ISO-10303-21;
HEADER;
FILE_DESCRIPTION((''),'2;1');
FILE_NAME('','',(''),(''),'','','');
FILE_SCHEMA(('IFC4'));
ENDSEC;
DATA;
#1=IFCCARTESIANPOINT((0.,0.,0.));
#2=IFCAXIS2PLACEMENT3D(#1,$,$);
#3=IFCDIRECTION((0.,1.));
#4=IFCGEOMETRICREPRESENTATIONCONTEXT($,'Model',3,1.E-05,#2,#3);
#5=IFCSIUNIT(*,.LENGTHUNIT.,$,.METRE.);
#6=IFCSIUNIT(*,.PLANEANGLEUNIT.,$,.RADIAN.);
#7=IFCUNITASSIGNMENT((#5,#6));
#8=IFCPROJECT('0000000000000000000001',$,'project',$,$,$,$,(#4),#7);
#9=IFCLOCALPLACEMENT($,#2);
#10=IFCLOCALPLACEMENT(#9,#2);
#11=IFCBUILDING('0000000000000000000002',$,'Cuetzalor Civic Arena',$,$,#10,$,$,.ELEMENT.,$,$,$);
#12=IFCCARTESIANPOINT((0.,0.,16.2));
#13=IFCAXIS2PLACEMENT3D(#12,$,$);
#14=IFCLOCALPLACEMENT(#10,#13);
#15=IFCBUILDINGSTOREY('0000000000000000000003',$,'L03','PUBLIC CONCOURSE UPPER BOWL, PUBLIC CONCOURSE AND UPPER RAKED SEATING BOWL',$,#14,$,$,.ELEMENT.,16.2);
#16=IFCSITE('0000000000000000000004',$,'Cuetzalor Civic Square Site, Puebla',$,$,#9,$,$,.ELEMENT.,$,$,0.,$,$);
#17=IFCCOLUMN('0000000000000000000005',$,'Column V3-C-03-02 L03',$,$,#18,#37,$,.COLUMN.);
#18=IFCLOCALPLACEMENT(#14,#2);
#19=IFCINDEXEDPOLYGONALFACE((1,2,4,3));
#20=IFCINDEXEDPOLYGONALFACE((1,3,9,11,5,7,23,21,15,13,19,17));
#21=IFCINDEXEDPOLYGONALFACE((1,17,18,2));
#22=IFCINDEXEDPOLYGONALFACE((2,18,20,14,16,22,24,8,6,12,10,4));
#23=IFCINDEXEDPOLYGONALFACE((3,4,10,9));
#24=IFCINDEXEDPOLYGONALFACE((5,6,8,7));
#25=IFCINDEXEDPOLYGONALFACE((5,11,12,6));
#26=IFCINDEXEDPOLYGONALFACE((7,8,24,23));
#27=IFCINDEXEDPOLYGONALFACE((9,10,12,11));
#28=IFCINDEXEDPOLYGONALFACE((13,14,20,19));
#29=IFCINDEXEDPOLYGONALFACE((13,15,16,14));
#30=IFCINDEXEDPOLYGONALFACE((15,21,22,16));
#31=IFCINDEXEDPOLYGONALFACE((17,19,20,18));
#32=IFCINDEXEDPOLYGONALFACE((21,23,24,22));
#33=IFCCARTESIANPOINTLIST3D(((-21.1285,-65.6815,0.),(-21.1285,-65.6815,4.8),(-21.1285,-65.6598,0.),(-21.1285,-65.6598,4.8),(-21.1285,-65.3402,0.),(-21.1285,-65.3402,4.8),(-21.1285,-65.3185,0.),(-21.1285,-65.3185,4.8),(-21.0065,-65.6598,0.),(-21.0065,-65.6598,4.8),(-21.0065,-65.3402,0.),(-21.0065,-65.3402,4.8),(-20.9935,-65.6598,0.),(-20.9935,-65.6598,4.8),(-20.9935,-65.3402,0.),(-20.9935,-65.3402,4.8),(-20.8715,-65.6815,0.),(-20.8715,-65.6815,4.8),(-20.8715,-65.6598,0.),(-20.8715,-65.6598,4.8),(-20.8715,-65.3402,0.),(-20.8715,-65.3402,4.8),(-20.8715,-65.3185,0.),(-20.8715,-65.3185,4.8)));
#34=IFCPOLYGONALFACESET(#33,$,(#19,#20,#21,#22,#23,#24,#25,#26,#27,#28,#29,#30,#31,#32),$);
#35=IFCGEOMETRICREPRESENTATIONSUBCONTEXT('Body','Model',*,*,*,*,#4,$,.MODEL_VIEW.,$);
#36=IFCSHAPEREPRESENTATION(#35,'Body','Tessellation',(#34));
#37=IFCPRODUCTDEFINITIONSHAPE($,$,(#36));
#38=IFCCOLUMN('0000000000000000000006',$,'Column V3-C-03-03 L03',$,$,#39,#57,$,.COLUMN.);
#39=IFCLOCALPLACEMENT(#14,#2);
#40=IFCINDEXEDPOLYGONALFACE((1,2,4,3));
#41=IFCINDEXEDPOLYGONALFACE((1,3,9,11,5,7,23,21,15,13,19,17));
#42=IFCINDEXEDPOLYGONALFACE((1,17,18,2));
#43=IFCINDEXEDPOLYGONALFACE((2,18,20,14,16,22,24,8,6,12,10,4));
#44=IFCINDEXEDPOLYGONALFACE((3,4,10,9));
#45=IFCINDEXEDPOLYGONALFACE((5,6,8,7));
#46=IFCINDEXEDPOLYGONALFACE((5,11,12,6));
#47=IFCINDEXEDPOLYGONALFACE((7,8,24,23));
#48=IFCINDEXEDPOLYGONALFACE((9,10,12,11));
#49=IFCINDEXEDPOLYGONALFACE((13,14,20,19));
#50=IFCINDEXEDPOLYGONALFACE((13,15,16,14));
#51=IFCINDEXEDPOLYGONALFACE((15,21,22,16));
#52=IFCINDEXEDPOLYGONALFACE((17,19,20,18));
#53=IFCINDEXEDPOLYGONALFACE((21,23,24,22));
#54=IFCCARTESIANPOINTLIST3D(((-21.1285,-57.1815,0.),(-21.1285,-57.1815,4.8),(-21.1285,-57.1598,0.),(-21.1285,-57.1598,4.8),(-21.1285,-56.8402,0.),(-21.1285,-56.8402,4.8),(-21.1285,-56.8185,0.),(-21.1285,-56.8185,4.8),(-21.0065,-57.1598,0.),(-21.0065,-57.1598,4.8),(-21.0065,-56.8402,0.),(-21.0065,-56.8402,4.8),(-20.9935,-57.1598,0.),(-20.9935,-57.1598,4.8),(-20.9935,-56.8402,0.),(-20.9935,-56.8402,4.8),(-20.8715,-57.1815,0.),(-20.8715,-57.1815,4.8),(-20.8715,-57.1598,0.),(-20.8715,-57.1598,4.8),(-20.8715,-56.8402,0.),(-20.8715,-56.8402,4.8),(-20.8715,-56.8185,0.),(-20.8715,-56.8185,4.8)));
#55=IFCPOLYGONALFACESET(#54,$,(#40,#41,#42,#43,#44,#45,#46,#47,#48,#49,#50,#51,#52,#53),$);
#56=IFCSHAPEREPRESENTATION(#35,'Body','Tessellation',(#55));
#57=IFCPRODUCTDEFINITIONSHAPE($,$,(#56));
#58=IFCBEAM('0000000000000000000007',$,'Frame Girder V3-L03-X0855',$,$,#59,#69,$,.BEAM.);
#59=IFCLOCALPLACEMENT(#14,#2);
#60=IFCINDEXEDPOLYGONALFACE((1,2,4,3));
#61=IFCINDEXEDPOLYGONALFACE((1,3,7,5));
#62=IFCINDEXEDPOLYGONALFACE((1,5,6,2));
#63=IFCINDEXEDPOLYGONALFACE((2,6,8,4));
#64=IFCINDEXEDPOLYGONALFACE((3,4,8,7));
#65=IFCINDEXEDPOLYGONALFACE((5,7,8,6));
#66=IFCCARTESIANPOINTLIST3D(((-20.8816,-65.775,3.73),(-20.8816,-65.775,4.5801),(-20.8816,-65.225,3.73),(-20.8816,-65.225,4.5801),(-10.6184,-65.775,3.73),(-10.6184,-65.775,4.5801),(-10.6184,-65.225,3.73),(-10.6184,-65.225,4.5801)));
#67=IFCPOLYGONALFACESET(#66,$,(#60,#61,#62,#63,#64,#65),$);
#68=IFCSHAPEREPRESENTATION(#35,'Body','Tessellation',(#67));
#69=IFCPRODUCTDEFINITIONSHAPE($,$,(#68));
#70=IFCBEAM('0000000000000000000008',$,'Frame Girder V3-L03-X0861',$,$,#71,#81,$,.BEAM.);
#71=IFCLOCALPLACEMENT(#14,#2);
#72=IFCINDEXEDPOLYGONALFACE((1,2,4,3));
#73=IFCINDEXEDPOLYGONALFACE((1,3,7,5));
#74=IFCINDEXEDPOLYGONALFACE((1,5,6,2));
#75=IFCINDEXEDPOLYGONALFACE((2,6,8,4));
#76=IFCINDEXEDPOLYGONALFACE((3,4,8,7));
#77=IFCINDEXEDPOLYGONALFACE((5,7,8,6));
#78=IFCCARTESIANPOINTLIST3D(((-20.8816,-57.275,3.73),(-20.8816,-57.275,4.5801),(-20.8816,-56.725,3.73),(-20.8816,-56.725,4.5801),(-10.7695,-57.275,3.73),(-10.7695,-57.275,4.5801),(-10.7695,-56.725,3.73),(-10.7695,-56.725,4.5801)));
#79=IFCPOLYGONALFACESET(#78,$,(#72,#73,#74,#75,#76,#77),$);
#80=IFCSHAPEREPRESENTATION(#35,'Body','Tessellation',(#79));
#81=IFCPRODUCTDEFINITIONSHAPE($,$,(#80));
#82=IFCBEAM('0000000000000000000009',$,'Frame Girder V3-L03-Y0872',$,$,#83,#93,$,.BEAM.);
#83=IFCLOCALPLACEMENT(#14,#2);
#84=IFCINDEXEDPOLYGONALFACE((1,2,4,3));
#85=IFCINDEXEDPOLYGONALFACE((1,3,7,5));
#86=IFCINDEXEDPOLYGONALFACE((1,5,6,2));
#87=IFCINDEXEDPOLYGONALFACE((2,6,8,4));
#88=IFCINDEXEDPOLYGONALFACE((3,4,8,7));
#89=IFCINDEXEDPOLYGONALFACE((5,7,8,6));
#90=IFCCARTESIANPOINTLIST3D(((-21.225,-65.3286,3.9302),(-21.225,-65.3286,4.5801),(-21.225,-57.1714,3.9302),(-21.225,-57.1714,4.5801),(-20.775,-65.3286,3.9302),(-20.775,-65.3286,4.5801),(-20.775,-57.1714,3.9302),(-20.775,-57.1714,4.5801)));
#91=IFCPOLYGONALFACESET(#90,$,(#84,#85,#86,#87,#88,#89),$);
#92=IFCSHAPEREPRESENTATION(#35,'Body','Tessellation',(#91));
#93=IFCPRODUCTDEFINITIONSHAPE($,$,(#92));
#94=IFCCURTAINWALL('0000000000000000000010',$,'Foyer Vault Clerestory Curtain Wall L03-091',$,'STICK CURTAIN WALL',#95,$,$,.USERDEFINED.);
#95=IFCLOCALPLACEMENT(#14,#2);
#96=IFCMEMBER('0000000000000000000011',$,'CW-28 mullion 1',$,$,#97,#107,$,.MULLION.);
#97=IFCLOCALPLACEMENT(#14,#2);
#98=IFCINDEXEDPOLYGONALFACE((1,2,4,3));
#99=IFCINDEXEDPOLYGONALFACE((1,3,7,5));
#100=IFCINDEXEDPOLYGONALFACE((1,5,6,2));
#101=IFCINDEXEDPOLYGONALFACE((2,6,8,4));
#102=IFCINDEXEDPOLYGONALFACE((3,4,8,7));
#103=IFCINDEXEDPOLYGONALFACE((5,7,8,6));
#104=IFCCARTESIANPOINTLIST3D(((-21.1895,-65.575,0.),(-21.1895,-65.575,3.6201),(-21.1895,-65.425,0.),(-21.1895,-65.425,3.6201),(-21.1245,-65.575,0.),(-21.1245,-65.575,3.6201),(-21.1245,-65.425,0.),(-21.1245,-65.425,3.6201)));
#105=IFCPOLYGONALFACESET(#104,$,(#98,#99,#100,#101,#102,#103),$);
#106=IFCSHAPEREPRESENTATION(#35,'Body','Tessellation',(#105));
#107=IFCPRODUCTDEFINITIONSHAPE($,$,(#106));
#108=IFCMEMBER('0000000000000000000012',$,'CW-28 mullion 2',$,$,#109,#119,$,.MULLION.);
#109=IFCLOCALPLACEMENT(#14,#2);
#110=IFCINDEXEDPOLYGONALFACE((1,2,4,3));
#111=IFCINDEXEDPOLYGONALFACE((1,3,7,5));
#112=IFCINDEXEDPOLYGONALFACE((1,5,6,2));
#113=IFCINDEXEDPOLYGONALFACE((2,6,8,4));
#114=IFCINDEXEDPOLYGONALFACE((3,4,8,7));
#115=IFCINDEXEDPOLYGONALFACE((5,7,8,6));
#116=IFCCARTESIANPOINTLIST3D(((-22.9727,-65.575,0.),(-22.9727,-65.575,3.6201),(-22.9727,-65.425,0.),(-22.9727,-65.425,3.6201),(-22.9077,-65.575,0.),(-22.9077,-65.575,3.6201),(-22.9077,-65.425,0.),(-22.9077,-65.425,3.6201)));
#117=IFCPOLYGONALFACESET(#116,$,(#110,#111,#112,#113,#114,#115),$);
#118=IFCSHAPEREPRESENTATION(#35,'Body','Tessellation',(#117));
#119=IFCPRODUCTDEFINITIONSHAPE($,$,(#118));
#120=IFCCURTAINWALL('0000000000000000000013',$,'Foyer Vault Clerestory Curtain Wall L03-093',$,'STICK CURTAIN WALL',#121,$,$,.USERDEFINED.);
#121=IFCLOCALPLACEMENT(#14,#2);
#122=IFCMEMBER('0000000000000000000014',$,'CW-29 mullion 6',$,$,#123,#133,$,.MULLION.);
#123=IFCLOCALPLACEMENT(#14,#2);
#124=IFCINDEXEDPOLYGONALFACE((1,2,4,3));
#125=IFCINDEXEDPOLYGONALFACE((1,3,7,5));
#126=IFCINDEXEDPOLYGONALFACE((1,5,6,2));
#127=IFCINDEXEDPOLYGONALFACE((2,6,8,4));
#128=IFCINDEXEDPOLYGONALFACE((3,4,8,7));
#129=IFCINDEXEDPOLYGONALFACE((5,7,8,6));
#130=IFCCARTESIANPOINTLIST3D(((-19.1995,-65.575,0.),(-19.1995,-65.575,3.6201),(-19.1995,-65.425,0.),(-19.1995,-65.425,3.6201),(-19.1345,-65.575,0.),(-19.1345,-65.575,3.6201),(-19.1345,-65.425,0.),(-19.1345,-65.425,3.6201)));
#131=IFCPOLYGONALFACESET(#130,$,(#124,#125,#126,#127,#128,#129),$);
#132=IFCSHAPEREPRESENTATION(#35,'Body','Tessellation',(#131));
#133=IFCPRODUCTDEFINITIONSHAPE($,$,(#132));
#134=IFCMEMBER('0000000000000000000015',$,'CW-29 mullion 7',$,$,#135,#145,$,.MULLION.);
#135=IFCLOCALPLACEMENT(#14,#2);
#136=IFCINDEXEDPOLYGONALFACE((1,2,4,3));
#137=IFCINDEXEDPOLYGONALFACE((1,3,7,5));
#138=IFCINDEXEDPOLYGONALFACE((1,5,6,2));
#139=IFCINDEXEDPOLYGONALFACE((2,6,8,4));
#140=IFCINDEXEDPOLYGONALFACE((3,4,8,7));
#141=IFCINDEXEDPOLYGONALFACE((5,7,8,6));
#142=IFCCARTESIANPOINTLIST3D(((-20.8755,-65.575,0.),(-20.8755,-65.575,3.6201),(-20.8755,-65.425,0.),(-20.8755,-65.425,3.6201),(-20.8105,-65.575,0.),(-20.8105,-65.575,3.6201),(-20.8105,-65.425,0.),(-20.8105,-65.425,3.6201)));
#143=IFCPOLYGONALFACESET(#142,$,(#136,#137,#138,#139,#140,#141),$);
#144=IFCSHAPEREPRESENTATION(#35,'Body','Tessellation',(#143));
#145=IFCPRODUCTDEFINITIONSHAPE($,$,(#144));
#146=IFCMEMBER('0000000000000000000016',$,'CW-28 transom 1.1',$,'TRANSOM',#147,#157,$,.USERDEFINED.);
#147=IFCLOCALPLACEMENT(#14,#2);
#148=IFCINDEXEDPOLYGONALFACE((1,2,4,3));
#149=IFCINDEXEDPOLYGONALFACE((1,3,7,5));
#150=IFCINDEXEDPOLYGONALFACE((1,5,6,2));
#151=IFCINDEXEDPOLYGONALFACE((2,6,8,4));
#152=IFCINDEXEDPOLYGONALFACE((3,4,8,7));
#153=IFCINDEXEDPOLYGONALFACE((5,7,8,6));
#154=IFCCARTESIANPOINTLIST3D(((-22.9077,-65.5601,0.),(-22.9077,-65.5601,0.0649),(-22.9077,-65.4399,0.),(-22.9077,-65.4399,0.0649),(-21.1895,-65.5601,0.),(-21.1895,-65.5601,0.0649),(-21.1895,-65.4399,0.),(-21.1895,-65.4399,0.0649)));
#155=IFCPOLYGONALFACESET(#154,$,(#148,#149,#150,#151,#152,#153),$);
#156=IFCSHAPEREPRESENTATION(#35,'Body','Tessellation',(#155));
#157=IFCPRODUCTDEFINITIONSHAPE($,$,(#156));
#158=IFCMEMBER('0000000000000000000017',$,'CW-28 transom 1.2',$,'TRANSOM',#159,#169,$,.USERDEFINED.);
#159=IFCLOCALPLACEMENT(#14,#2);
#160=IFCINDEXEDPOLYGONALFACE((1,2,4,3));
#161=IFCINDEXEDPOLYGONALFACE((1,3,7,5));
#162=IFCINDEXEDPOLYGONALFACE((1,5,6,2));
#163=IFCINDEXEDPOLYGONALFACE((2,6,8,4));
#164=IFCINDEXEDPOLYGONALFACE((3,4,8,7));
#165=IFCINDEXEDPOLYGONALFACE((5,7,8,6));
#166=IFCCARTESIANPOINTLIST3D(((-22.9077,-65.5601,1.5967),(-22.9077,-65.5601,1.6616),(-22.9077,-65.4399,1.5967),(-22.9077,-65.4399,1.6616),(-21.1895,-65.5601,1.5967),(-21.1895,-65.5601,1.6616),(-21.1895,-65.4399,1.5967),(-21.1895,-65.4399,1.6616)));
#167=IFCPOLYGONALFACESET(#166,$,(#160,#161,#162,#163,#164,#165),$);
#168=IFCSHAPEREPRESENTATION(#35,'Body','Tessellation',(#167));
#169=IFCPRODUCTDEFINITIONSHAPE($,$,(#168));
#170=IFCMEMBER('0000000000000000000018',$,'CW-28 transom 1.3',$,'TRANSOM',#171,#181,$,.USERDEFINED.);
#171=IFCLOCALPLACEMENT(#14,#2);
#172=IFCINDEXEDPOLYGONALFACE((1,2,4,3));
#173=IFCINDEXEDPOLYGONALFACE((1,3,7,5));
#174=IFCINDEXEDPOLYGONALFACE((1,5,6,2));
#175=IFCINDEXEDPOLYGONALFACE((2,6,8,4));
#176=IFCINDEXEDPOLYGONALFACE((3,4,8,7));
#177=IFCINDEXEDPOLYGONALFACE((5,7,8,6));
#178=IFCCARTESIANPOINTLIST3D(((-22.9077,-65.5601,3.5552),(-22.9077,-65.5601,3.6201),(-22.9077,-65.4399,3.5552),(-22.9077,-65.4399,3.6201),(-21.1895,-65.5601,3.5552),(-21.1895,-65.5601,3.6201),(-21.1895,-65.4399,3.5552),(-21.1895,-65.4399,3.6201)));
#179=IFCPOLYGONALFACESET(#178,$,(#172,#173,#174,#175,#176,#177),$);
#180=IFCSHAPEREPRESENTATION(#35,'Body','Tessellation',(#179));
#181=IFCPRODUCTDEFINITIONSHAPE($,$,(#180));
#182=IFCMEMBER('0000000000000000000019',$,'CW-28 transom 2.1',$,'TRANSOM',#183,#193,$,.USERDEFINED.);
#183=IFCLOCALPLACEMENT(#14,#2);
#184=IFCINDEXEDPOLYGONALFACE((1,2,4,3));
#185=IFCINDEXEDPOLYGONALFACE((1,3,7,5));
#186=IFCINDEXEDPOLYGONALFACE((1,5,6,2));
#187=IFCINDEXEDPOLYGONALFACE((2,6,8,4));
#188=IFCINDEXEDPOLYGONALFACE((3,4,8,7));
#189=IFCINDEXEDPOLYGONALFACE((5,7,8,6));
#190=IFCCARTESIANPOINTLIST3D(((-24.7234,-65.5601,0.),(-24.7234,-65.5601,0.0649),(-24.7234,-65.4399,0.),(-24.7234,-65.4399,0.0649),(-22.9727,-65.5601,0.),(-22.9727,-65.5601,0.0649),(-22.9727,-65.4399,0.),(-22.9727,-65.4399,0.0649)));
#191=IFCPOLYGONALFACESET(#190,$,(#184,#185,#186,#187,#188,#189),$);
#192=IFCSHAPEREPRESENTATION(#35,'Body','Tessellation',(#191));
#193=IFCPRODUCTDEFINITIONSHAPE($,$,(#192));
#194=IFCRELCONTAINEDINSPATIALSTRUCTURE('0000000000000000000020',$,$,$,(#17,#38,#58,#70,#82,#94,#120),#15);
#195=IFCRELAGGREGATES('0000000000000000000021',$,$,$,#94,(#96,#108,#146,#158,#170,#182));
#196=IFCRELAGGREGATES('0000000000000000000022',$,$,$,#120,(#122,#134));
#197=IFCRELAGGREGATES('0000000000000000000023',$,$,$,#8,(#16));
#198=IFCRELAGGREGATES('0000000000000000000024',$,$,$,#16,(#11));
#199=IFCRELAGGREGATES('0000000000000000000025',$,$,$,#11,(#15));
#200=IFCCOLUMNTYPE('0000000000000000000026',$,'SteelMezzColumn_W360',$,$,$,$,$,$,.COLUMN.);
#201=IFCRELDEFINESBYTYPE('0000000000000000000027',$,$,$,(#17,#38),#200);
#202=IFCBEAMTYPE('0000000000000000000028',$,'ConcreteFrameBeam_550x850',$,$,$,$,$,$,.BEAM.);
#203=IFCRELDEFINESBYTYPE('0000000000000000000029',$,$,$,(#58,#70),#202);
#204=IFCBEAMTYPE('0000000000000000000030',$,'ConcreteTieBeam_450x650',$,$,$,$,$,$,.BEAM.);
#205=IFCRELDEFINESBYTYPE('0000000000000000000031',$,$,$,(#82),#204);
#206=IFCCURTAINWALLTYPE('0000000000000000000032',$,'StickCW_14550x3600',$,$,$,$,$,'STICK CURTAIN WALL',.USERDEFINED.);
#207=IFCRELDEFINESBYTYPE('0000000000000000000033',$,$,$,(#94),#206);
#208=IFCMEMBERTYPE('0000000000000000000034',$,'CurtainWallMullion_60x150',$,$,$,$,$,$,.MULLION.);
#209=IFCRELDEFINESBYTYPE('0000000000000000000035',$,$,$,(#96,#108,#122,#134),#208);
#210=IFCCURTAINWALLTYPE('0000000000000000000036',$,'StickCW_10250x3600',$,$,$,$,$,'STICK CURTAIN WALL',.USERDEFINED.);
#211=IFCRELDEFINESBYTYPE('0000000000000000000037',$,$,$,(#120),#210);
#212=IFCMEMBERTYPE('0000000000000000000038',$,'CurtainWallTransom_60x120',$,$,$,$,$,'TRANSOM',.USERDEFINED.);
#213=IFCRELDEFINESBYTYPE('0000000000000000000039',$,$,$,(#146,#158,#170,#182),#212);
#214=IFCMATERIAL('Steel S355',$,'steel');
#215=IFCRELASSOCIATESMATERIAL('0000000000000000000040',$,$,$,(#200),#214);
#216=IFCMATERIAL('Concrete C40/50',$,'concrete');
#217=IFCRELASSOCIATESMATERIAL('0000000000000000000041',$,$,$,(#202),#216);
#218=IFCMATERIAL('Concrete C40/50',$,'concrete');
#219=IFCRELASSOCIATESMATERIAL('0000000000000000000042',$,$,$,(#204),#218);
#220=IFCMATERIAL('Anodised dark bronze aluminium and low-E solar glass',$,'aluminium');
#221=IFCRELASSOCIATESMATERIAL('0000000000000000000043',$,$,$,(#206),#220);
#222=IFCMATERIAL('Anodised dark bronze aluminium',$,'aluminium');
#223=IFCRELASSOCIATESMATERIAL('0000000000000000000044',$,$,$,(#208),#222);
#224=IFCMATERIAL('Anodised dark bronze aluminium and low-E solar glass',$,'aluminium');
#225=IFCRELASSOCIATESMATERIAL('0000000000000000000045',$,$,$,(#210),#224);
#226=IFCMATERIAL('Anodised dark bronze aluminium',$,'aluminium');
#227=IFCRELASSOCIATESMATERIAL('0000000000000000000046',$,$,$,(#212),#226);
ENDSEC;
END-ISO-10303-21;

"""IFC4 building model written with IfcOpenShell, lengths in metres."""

from ifc_helpers import new_model, si_unit, direction, frame, origin, origin_2d, place, context, subcontext, project, spatial, rectangle, i_section, extrude, material, material_profile, profile_set, type_object, element, aggregate, save


model = new_model("IFC4")

# Units and contexts
model_context = context("Model", 3, precision=1e-05, world=origin(), true_north=direction((0.0, 1.0)))
body_context = subcontext(model_context, "Body", "Model", "MODEL_VIEW")
ifc_project = project(units=[si_unit("LENGTHUNIT", "METRE"), si_unit("PLANEANGLEUNIT", "RADIAN")], contexts=[model_context])

# Site, building, storey
site_placement = place(None, origin())
site = spatial("IfcSite", under=ifc_project, at=site_placement, Name="Cuetzalor Civic Square Site, Puebla", CompositionType="ELEMENT", RefElevation=0.0)
building_placement = place(site_placement, origin())
building = spatial("IfcBuilding", under=site, at=building_placement, Name="Cuetzalor Civic Arena", CompositionType="ELEMENT")
storey_placement = place(building_placement, frame((0.0, 0.0, 16.2)))
storey = spatial("IfcBuildingStorey", under=building, at=storey_placement, Name="L03", Description="PUBLIC CONCOURSE UPPER BOWL, PUBLIC CONCOURSE AND UPPER RAKED SEATING BOWL", CompositionType="ELEMENT", Elevation=16.2)

# Columns
ifc_material_1 = material(Name="Steel S355", Category="steel")
ifc_material_profile_1 = material_profile(ifc_material_1, i_section(OverallWidth=0.2571, OverallDepth=0.363, WebThickness=0.0129, FlangeThickness=0.0217, at=origin_2d()), Name="W360x122")
ifc_profile_set_1 = profile_set([ifc_material_profile_1], Name="Steel S355")
column_type = type_object("IfcColumnType", Name="SteelMezzColumn_W360", PredefinedType="COLUMN", material=ifc_profile_set_1)
for number, where, z_axis, x_axis, name in (
    (1, (-21.0, -65.5, 0.0), (0.0, 0.0, 1.0), (1.0, 0.0, 0.0), "Column V3-C-03-02 L03"),
    (2, (-21.0, -57.0, 0.0), (0.0, 0.0, 1.0), (1.0, 0.0, 0.0), "Column V3-C-03-03 L03"),
):
    element("IfcColumn", number, at=place(storey_placement, frame(where, z_axis=z_axis, x_axis=x_axis)), inside=storey, type_object=column_type, Name=name, PredefinedType="COLUMN", context=body_context, shape_type="SweptSolid", body=[
        extrude(i_section(OverallWidth=0.2571, OverallDepth=0.363, WebThickness=0.0129, FlangeThickness=0.0217, at=origin_2d()), origin(), (0.0, 0.0, 1.0), 4.8),
    ])

# Beams
ifc_material_2 = material(Name="Concrete C40/50", Category="concrete")
ifc_material_profile_2 = material_profile(ifc_material_2, rectangle(XDim=0.55, YDim=0.8501, at=origin_2d()), Name="RC 550x850")
ifc_profile_set_2 = profile_set([ifc_material_profile_2], Name="Concrete C40/50")
beam_type_1 = type_object("IfcBeamType", Name="ConcreteFrameBeam_550x850", PredefinedType="BEAM", material=ifc_profile_set_2)
beam_1_placement = place(storey_placement, frame((-20.8816, -65.5, 4.155), z_axis=(1.0, 0.0, 0.0), x_axis=(0.0, 1.0, 0.0)))
element("IfcBeam", 3, at=beam_1_placement, inside=storey, type_object=beam_type_1, Name="Frame Girder V3-L03-X0855", PredefinedType="BEAM", context=body_context, shape_type="SweptSolid", body=[
    extrude(rectangle(XDim=0.55, YDim=0.8501, at=origin_2d()), origin(), (0.0, 0.0, 1.0), 10.2632),
])
beam_2_placement = place(storey_placement, frame((-20.8816, -57.0, 4.155), z_axis=(1.0, 0.0, 0.0), x_axis=(0.0, 1.0, 0.0)))
element("IfcBeam", 4, at=beam_2_placement, inside=storey, type_object=beam_type_1, Name="Frame Girder V3-L03-X0861", PredefinedType="BEAM", context=body_context, shape_type="SweptSolid", body=[
    extrude(rectangle(XDim=0.55, YDim=0.8501, at=origin_2d()), origin(), (0.0, 0.0, 1.0), 10.1121),
])
ifc_material_3 = material(Name="Concrete C40/50", Category="concrete")
ifc_material_profile_3 = material_profile(ifc_material_3, rectangle(XDim=0.45, YDim=0.6499, at=origin_2d()), Name="RC 450x650")
ifc_profile_set_3 = profile_set([ifc_material_profile_3], Name="Concrete C40/50")
beam_type_2 = type_object("IfcBeamType", Name="ConcreteTieBeam_450x650", PredefinedType="BEAM", material=ifc_profile_set_3)
beam_3_placement = place(storey_placement, frame((-21.0, -65.3286, 4.2551), z_axis=(0.0, 1.0, 0.0), x_axis=(-1.0, 0.0, 0.0)))
element("IfcBeam", 5, at=beam_3_placement, inside=storey, type_object=beam_type_2, Name="Frame Girder V3-L03-Y0872", PredefinedType="BEAM", context=body_context, shape_type="SweptSolid", body=[
    extrude(rectangle(XDim=0.45, YDim=0.6499, at=origin_2d()), origin(), (0.0, 0.0, 1.0), 8.1572),
])

# Curtain walls, members
ifc_material_4 = material(Name="Anodised dark bronze aluminium and low-E solar glass", Category="aluminium")
curtain_wall_type_1 = type_object("IfcCurtainWallType", Name="StickCW_14550x3600", ElementType="STICK CURTAIN WALL", PredefinedType="USERDEFINED", material=ifc_material_4)
curtain_wall_1_placement = place(storey_placement, origin())
curtain_wall_1 = element("IfcCurtainWall", 6, at=curtain_wall_1_placement, inside=storey, type_object=curtain_wall_type_1, Name="Foyer Vault Clerestory Curtain Wall L03-091", ObjectType="STICK CURTAIN WALL", PredefinedType="USERDEFINED")
ifc_material_5 = material(Name="Anodised dark bronze aluminium", Category="aluminium")
ifc_material_profile_4 = material_profile(ifc_material_5, rectangle(XDim=0.0649, YDim=0.1499, at=origin_2d()), Name="ALU MULLION 65x150")
ifc_profile_set_4 = profile_set([ifc_material_profile_4], Name="Anodised dark bronze aluminium")
member_type_1 = type_object("IfcMemberType", Name="CurtainWallMullion_60x150", PredefinedType="MULLION", material=ifc_profile_set_4)
member_1_placement = place(storey_placement, frame((-21.157, -65.5, 0.0), z_axis=(0.0, 0.0, 1.0), x_axis=(-1.0, 0.0, 0.0)))
member_1 = element("IfcMember", 7, at=member_1_placement, type_object=member_type_1, Name="CW-28 mullion 1", PredefinedType="MULLION", context=body_context, shape_type="SweptSolid", body=[
    extrude(rectangle(XDim=0.0649, YDim=0.1499, at=origin_2d()), origin(), (0.0, 0.0, 1.0), 3.6201),
])
member_2_placement = place(storey_placement, frame((-22.9402, -65.5, 0.0), z_axis=(0.0, 0.0, 1.0), x_axis=(-1.0, 0.0, 0.0)))
member_2 = element("IfcMember", 8, at=member_2_placement, type_object=member_type_1, Name="CW-28 mullion 2", PredefinedType="MULLION", context=body_context, shape_type="SweptSolid", body=[
    extrude(rectangle(XDim=0.0649, YDim=0.1499, at=origin_2d()), origin(), (0.0, 0.0, 1.0), 3.6201),
])
ifc_material_6 = material(Name="Anodised dark bronze aluminium and low-E solar glass", Category="aluminium")
curtain_wall_type_2 = type_object("IfcCurtainWallType", Name="StickCW_10250x3600", ElementType="STICK CURTAIN WALL", PredefinedType="USERDEFINED", material=ifc_material_6)
curtain_wall_2_placement = place(storey_placement, origin())
curtain_wall_2 = element("IfcCurtainWall", 9, at=curtain_wall_2_placement, inside=storey, type_object=curtain_wall_type_2, Name="Foyer Vault Clerestory Curtain Wall L03-093", ObjectType="STICK CURTAIN WALL", PredefinedType="USERDEFINED")
member_3_placement = place(storey_placement, frame((-19.167, -65.5, 0.0), z_axis=(0.0, 0.0, 1.0), x_axis=(-1.0, 0.0, 0.0)))
member_3 = element("IfcMember", 10, at=member_3_placement, type_object=member_type_1, Name="CW-29 mullion 6", PredefinedType="MULLION", context=body_context, shape_type="SweptSolid", body=[
    extrude(rectangle(XDim=0.0649, YDim=0.1499, at=origin_2d()), origin(), (0.0, 0.0, 1.0), 3.6201),
])
member_4_placement = place(storey_placement, frame((-20.843, -65.5, 0.0), z_axis=(0.0, 0.0, 1.0), x_axis=(-1.0, 0.0, 0.0)))
member_4 = element("IfcMember", 11, at=member_4_placement, type_object=member_type_1, Name="CW-29 mullion 7", PredefinedType="MULLION", context=body_context, shape_type="SweptSolid", body=[
    extrude(rectangle(XDim=0.0649, YDim=0.1499, at=origin_2d()), origin(), (0.0, 0.0, 1.0), 3.6201),
])

# Members
ifc_material_7 = material(Name="Anodised dark bronze aluminium", Category="aluminium")
ifc_material_profile_5 = material_profile(ifc_material_7, rectangle(XDim=0.1201, YDim=0.0649, at=origin_2d()), Name="ALU TRANSOM 65x120")
ifc_profile_set_5 = profile_set([ifc_material_profile_5], Name="Anodised dark bronze aluminium")
member_type_2 = type_object("IfcMemberType", Name="CurtainWallTransom_60x120", ElementType="TRANSOM", PredefinedType="USERDEFINED", material=ifc_profile_set_5)
member_5_placement = place(storey_placement, frame((-21.1895, -65.5, 0.0325), z_axis=(-1.0, 0.0, 0.0), x_axis=(0.0, -1.0, 0.0)))
member_5 = element("IfcMember", 12, at=member_5_placement, type_object=member_type_2, Name="CW-28 transom 1.1", ObjectType="TRANSOM", PredefinedType="USERDEFINED", context=body_context, shape_type="SweptSolid", body=[
    extrude(rectangle(XDim=0.1201, YDim=0.0649, at=origin_2d()), origin(), (0.0, 0.0, 1.0), 1.7183),
])
member_6_placement = place(storey_placement, frame((-21.1895, -65.5, 1.6292), z_axis=(-1.0, 0.0, 0.0), x_axis=(0.0, -1.0, 0.0)))
member_6 = element("IfcMember", 13, at=member_6_placement, type_object=member_type_2, Name="CW-28 transom 1.2", ObjectType="TRANSOM", PredefinedType="USERDEFINED", context=body_context, shape_type="SweptSolid", body=[
    extrude(rectangle(XDim=0.1201, YDim=0.0649, at=origin_2d()), origin(), (0.0, 0.0, 1.0), 1.7183),
])
member_7_placement = place(storey_placement, frame((-21.1895, -65.5, 3.5876), z_axis=(-1.0, 0.0, 0.0), x_axis=(0.0, -1.0, 0.0)))
member_7 = element("IfcMember", 14, at=member_7_placement, type_object=member_type_2, Name="CW-28 transom 1.3", ObjectType="TRANSOM", PredefinedType="USERDEFINED", context=body_context, shape_type="SweptSolid", body=[
    extrude(rectangle(XDim=0.1201, YDim=0.0649, at=origin_2d()), origin(), (0.0, 0.0, 1.0), 1.7183),
])
member_8_placement = place(storey_placement, frame((-22.9727, -65.5, 0.0325), z_axis=(-1.0, 0.0, 0.0), x_axis=(0.0, -1.0, 0.0)))
member_8 = element("IfcMember", 15, at=member_8_placement, type_object=member_type_2, Name="CW-28 transom 2.1", ObjectType="TRANSOM", PredefinedType="USERDEFINED", context=body_context, shape_type="SweptSolid", body=[
    extrude(rectangle(XDim=0.1201, YDim=0.0649, at=origin_2d()), origin(), (0.0, 0.0, 1.0), 1.7507),
])

aggregate(curtain_wall_1, [member_1, member_2, member_5, member_6, member_7, member_8])
aggregate(curtain_wall_2, [member_3, member_4])

save(model, "model.ifc")
